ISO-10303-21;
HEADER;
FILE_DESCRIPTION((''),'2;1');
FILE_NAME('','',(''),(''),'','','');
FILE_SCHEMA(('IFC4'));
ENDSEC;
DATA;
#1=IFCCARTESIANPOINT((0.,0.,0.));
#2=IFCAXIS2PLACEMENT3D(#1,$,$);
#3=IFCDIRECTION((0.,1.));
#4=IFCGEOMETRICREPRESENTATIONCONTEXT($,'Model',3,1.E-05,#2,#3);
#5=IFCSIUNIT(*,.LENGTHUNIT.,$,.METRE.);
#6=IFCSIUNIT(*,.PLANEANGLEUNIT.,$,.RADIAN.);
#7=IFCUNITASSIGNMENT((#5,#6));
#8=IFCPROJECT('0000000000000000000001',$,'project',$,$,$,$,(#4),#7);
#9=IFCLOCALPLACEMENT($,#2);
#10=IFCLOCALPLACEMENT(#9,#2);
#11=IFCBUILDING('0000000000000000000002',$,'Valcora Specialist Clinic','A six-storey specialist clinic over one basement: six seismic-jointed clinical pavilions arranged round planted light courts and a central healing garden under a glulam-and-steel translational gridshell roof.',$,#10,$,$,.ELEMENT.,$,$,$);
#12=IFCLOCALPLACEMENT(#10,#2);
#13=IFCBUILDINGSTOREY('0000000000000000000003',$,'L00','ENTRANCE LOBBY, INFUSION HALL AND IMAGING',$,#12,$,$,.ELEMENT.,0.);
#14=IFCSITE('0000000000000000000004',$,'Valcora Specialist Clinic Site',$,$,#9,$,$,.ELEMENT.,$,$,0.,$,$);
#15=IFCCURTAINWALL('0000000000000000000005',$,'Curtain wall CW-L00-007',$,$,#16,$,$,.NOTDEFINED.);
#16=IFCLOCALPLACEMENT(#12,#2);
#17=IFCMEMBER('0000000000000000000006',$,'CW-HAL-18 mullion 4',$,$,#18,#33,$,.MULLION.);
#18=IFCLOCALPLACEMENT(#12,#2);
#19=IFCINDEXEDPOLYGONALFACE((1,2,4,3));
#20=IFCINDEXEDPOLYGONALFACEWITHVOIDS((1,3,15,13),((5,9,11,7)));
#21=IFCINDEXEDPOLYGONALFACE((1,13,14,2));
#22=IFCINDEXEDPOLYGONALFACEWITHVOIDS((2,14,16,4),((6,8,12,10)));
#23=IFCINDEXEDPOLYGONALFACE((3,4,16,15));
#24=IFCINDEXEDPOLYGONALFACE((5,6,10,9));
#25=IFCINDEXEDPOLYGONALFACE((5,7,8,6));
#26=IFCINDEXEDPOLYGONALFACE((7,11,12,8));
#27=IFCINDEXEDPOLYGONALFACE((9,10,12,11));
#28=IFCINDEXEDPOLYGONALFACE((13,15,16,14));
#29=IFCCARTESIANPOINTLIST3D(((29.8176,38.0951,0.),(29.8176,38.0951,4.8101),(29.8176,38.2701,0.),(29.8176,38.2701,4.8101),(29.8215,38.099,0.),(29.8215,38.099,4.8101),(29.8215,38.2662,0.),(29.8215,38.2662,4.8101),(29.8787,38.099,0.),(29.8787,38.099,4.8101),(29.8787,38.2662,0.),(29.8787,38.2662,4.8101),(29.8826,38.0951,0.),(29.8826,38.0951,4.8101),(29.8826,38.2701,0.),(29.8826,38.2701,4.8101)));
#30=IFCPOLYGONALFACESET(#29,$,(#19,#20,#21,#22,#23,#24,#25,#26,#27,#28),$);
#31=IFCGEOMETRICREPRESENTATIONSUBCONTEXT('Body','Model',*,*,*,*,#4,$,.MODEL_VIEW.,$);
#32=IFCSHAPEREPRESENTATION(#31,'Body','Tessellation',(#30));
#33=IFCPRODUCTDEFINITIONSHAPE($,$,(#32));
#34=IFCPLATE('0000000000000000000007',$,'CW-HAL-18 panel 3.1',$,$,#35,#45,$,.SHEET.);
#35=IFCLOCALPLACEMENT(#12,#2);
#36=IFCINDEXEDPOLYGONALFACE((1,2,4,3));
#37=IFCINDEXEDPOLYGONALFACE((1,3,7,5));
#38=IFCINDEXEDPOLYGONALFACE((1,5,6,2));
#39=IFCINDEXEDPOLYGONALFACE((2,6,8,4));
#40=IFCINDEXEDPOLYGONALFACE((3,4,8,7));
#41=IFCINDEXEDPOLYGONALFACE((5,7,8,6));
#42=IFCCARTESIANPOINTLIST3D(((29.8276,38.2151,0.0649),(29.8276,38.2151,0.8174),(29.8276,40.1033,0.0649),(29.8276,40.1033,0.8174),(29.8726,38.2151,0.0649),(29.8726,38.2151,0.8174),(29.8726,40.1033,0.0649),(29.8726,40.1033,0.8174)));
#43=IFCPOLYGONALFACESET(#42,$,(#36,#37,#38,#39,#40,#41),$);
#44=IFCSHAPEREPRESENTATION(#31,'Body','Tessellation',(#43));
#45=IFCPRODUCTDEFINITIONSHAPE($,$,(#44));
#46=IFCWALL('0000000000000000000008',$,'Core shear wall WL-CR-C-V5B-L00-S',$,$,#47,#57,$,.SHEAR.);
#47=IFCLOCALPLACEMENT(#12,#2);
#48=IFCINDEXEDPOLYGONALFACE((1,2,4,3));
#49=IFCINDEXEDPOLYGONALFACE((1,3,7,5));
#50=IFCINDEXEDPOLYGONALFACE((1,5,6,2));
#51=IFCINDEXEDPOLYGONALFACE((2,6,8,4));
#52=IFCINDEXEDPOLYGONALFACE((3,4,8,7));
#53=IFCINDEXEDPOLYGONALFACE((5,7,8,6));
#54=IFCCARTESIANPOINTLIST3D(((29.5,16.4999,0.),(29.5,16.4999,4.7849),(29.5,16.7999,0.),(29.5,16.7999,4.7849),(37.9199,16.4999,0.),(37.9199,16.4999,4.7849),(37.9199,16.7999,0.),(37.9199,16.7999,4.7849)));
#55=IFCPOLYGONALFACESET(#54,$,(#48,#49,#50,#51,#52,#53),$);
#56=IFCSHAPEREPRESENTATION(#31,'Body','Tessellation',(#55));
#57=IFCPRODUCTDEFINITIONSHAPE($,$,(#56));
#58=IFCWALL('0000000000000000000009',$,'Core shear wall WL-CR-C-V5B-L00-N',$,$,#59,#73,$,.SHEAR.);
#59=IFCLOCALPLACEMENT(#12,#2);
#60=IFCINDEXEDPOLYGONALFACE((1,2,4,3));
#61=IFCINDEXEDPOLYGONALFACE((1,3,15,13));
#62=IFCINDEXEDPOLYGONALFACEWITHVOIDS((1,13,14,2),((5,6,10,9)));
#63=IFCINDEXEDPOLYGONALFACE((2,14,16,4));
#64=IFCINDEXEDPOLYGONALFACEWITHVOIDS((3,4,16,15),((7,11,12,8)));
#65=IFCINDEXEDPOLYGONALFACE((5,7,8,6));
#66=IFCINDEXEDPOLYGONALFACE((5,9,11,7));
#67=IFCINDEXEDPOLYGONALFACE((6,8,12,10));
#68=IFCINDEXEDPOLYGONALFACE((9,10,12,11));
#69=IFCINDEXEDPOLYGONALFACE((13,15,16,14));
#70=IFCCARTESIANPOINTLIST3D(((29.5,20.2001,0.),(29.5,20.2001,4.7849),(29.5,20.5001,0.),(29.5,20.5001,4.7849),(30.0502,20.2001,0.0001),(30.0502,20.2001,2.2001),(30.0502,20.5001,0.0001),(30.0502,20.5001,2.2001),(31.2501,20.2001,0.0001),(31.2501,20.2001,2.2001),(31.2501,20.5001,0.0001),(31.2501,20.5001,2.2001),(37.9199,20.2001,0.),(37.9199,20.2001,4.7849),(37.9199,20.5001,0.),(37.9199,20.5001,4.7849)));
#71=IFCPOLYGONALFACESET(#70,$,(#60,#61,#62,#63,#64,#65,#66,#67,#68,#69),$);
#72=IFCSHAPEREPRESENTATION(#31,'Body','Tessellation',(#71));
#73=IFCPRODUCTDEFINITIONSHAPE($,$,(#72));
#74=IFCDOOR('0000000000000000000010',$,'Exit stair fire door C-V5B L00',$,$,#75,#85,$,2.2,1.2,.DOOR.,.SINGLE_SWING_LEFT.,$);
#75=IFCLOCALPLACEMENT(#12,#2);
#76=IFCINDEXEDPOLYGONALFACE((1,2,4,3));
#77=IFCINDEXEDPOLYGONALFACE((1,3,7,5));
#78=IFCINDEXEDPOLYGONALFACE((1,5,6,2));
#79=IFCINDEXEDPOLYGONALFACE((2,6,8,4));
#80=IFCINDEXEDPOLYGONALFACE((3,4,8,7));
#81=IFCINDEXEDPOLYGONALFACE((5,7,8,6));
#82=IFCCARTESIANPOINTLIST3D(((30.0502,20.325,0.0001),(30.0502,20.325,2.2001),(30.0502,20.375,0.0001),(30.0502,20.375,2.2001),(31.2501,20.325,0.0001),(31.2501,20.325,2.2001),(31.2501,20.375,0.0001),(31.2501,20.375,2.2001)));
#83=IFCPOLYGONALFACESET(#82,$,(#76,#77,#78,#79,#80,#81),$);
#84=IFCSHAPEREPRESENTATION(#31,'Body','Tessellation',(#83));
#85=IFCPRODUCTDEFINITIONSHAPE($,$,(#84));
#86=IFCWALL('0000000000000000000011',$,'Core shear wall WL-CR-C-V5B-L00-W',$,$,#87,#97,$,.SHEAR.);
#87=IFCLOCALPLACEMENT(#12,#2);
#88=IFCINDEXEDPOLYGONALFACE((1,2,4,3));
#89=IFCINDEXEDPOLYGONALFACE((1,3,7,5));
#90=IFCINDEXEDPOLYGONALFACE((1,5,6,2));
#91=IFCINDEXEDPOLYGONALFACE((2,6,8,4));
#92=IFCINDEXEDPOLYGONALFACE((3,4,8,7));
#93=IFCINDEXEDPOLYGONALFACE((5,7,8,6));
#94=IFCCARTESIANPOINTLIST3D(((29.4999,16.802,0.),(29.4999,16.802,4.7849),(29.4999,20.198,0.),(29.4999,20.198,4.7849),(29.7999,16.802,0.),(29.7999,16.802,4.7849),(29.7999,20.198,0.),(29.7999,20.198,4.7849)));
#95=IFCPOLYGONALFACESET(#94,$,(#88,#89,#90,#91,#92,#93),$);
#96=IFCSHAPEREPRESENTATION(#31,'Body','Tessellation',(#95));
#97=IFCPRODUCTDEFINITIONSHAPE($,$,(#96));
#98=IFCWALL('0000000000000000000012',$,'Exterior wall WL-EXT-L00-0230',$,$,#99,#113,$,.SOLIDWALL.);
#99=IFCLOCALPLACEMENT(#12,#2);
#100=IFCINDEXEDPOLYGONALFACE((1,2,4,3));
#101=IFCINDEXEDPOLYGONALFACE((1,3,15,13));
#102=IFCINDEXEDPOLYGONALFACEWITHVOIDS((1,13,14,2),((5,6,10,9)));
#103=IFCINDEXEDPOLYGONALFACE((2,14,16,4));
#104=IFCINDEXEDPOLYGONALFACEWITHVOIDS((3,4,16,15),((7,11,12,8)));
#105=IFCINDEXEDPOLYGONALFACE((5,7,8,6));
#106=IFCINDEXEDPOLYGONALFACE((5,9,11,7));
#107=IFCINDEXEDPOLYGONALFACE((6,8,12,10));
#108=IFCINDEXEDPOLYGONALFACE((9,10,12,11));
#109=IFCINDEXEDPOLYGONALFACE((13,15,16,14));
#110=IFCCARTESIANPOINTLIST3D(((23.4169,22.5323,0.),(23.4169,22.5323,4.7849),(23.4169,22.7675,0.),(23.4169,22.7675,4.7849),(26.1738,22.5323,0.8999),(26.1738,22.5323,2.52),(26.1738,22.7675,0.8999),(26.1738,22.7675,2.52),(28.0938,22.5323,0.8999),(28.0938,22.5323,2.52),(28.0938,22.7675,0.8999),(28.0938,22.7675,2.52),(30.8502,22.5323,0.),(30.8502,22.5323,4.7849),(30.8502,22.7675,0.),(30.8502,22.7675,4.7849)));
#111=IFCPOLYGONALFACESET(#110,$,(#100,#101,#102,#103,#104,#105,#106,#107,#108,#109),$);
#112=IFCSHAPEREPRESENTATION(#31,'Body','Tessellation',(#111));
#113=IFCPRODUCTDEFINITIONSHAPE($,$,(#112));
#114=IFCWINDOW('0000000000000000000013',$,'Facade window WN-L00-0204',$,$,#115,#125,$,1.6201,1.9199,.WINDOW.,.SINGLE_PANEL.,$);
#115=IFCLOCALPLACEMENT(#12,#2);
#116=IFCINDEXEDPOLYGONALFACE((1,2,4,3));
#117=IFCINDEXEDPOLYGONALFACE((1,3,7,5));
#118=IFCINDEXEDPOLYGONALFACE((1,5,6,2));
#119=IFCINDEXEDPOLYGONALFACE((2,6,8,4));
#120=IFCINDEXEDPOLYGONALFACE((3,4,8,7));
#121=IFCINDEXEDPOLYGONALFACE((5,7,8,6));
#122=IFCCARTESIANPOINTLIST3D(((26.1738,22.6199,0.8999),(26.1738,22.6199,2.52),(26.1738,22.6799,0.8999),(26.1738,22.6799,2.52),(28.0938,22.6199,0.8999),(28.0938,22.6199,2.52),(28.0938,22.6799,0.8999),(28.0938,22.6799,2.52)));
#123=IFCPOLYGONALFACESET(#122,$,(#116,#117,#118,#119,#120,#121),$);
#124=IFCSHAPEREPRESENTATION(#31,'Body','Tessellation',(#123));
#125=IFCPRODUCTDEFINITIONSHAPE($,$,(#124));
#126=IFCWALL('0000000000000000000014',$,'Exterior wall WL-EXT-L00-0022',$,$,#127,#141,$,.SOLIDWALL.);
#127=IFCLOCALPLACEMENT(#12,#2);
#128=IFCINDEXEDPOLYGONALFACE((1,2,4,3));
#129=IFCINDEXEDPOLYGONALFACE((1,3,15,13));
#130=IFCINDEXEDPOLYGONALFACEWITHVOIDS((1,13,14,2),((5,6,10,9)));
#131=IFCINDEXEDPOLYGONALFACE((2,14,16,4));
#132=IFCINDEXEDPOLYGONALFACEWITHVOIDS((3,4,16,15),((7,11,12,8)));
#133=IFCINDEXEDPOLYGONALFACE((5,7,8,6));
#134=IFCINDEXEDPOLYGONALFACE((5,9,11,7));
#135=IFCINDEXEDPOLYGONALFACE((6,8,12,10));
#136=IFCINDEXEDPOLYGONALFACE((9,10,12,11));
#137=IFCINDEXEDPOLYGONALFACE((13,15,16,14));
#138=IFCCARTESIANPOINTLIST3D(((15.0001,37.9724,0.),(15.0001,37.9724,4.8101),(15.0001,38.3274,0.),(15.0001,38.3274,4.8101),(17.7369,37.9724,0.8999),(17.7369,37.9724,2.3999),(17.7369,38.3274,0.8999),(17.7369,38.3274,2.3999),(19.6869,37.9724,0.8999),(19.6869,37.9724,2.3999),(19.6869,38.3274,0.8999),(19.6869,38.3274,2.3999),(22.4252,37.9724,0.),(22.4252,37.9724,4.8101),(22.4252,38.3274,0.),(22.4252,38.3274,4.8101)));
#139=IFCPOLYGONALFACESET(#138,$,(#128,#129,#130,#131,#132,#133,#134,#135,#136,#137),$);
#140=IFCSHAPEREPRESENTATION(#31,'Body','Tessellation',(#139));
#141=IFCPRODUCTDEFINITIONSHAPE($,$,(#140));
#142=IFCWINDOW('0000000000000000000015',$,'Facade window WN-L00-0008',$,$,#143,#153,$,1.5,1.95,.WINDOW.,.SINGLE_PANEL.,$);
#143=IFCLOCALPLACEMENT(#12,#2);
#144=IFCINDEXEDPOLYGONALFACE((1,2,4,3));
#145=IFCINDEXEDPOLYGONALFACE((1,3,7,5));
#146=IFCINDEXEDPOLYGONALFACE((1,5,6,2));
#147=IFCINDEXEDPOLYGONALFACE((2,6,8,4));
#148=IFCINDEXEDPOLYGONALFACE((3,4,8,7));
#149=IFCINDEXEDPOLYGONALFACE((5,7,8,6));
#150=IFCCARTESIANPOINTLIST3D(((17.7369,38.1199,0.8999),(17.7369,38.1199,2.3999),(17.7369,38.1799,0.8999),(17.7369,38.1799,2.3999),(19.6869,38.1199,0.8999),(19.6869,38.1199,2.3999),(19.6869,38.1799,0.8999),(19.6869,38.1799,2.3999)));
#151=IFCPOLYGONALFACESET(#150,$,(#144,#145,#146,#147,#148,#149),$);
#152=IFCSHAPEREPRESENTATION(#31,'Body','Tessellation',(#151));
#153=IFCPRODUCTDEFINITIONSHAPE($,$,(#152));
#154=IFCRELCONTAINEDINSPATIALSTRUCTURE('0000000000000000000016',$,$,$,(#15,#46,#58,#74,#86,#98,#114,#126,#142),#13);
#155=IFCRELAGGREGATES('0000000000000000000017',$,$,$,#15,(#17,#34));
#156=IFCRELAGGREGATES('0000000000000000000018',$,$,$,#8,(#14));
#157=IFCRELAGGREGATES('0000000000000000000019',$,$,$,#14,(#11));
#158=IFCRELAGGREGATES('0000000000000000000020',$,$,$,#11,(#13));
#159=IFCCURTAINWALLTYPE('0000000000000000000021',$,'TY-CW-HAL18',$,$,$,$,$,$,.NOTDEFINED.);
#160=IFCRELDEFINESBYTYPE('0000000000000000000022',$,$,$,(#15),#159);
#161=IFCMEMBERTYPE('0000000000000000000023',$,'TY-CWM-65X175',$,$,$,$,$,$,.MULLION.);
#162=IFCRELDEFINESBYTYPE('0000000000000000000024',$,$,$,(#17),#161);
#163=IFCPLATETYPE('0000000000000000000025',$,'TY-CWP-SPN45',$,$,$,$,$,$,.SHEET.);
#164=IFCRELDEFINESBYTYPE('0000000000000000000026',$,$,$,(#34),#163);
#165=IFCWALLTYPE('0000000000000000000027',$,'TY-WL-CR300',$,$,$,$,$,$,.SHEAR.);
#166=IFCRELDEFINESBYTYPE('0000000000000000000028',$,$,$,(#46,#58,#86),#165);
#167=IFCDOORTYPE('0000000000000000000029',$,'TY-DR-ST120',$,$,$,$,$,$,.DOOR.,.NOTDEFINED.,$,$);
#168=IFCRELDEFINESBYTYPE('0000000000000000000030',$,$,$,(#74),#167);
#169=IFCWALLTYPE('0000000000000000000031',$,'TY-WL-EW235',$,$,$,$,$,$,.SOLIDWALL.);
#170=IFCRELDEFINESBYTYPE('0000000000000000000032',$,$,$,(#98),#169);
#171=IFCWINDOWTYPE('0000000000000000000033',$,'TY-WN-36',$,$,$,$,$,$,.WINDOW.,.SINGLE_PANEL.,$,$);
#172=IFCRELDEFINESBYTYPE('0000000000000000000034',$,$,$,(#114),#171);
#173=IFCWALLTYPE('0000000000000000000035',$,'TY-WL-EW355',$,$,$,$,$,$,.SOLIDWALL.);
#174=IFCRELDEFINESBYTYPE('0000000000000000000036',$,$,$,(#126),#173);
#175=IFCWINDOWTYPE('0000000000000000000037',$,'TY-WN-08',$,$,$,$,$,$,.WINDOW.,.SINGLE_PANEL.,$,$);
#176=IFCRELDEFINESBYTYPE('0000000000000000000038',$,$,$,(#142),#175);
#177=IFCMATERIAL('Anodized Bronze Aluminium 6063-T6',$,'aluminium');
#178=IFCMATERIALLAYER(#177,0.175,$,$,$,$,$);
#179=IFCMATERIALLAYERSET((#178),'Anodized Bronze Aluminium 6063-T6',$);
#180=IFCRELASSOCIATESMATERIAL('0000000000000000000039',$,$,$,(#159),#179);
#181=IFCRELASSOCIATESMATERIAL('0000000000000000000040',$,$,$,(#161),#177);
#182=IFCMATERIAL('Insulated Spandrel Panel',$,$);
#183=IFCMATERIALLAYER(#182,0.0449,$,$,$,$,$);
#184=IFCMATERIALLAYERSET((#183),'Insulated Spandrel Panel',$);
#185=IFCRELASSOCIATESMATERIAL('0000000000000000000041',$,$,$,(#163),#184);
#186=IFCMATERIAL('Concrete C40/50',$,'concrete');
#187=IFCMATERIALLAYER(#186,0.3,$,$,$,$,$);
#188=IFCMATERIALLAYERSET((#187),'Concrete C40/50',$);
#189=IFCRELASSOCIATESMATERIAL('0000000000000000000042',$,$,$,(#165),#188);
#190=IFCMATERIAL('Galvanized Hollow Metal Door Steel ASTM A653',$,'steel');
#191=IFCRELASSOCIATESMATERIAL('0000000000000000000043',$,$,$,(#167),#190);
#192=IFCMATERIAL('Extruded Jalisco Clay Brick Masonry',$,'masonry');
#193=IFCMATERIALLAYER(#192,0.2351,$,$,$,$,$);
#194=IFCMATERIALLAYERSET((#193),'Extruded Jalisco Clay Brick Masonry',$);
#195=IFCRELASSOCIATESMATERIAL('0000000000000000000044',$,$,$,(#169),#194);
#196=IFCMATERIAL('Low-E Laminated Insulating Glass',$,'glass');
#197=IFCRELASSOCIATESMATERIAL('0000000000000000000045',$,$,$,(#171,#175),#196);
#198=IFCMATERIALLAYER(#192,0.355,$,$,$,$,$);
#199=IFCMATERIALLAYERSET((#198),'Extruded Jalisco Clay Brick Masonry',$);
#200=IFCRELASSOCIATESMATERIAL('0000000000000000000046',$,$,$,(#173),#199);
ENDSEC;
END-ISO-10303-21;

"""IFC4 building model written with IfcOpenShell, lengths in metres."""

from ifc_helpers import new_model, si_unit, direction, frame, frame_2d, origin, origin_2d, place, context, subcontext, project, spatial, rectangle, hollow_rectangle, extrude, material, layer, layer_set, material_profile, profile_set, type_object, element, fill, aggregate, save


model = new_model("IFC4")

# Units and contexts
model_context = context("Model", 3, precision=1e-05, world=origin(), true_north=direction((0.0, 1.0)))
body_context = subcontext(model_context, "Body", "Model", "MODEL_VIEW")
ifc_project = project(units=[si_unit("LENGTHUNIT", "METRE"), si_unit("PLANEANGLEUNIT", "RADIAN")], contexts=[model_context])

# Site, building, storey
site_placement = place(None, origin())
site = spatial("IfcSite", under=ifc_project, at=site_placement, Name="Valcora Specialist Clinic Site", CompositionType="ELEMENT", RefElevation=0.0)
building_placement = place(site_placement, origin())
building = spatial("IfcBuilding", under=site, at=building_placement, Name="Valcora Specialist Clinic", Description="A six-storey specialist clinic over one basement: six seismic-jointed clinical pavilions arranged round planted light courts and a central healing garden under a glulam-and-steel translational gridshell roof.", CompositionType="ELEMENT")
storey_placement = place(building_placement, origin())
storey = spatial("IfcBuildingStorey", under=building, at=storey_placement, Name="L00", Description="ENTRANCE LOBBY, INFUSION HALL AND IMAGING", CompositionType="ELEMENT", Elevation=0.0)

# Shared definitions
ifc_material_1 = material(Name="Concrete C40/50", Category="concrete")

# Curtain wall, member, plate
ifc_material_2 = material(Name="Anodized Bronze Aluminium 6063-T6", Category="aluminium")
ifc_layer_1 = layer(ifc_material_2, 0.175)
ifc_layer_set_1 = layer_set([ifc_layer_1], Name="Anodized Bronze Aluminium 6063-T6")
curtain_wall_type = type_object("IfcCurtainWallType", Name="TY-CW-HAL18", PredefinedType="NOTDEFINED", material=ifc_layer_set_1)
curtain_wall_placement = place(storey_placement, origin())
curtain_wall = element("IfcCurtainWall", 1, at=curtain_wall_placement, inside=storey, type_object=curtain_wall_type, Name="Curtain wall CW-L00-007", PredefinedType="NOTDEFINED")
ifc_material_profile_1 = material_profile(ifc_material_2, hollow_rectangle(XDim=0.0649, YDim=0.175, WallThickness=0.0039, at=origin_2d()), Name="AL-MUL-65X175")
ifc_profile_set_1 = profile_set([ifc_material_profile_1], Name="Anodized Bronze Aluminium 6063-T6")
member_type = type_object("IfcMemberType", Name="TY-CWM-65X175", PredefinedType="MULLION", material=ifc_profile_set_1)
member_placement = place(storey_placement, frame((29.8501, 38.1826, 0.0), z_axis=(0.0, 0.0, 1.0), x_axis=(1.0, 0.0, 0.0)))
member = element("IfcMember", 2, at=member_placement, type_object=member_type, Name="CW-HAL-18 mullion 4", PredefinedType="MULLION", context=body_context, shape_type="SweptSolid", body=[
    extrude(hollow_rectangle(XDim=0.0649, YDim=0.175, WallThickness=0.0039, at=origin_2d()), origin(), (0.0, 0.0, 1.0), 4.8101),
])
ifc_material_3 = material(Name="Insulated Spandrel Panel")
ifc_layer_2 = layer(ifc_material_3, 0.0449)
ifc_layer_set_2 = layer_set([ifc_layer_2], Name="Insulated Spandrel Panel")
plate_type = type_object("IfcPlateType", Name="TY-CWP-SPN45", PredefinedType="SHEET", material=ifc_layer_set_2)
plate_placement = place(storey_placement, frame((29.8501, 39.1592, 0.0649), z_axis=(0.0, 0.0, 1.0), x_axis=(0.0, -1.0, 0.0)))
plate = element("IfcPlate", 3, at=plate_placement, type_object=plate_type, Name="CW-HAL-18 panel 3.1", PredefinedType="SHEET", context=body_context, shape_type="SweptSolid", body=[
    extrude(rectangle(XDim=1.8882, YDim=0.0449, at=origin_2d()), origin(), (0.0, 0.0, 1.0), 0.7524),
])
aggregate(curtain_wall, [member, plate])

# Wall
ifc_layer_3 = layer(ifc_material_1, 0.3)
ifc_layer_set_3 = layer_set([ifc_layer_3], Name="Concrete C40/50")
wall_type_1 = type_object("IfcWallType", Name="TY-WL-CR300", PredefinedType="SHEAR", material=ifc_layer_set_3)
wall_1_placement = place(storey_placement, frame((29.5, 16.6499, 0.0), z_axis=(0.0, 0.0, 1.0), x_axis=(1.0, 0.0, 0.0)))
element("IfcWall", 4, at=wall_1_placement, inside=storey, type_object=wall_type_1, Name="Core shear wall WL-CR-C-V5B-L00-S", PredefinedType="SHEAR", context=body_context, shape_type="SweptSolid", body=[
    extrude(rectangle(XDim=8.4199, YDim=0.3, at=frame_2d((4.21, 0.0))), origin(), (0.0, 0.0, 1.0), 4.7849),
])

# Wall, opening, door
wall_2_placement = place(storey_placement, frame((29.5, 20.3501, 0.0), z_axis=(0.0, 0.0, 1.0), x_axis=(1.0, 0.0, 0.0)))
wall_2 = element("IfcWall", 5, at=wall_2_placement, inside=storey, type_object=wall_type_1, Name="Core shear wall WL-CR-C-V5B-L00-N", PredefinedType="SHEAR", context=body_context, shape_type="SweptSolid", body=[
    extrude(rectangle(XDim=8.4199, YDim=0.3, at=frame_2d((4.21, 0.0))), origin(), (0.0, 0.0, 1.0), 4.7849),
])
opening_1_placement = place(wall_2_placement, frame((0.55, 0.0, 0.0)))
opening_1 = element("IfcOpeningElement", 6, at=opening_1_placement, cuts=wall_2, PredefinedType="OPENING", context=body_context, shape_type="SweptSolid", body=[
    extrude(rectangle(XDim=1.2, YDim=2.2, at=frame_2d((0.6001, 1.1001))), frame((0.0, 0.1599, 0.0), z_axis=(0.0, -1.0, 0.0), x_axis=(1.0, 0.0, 0.0)), (0.0, 0.0, 1.0), 0.3201),
])
ifc_material_4 = material(Name="Galvanized Hollow Metal Door Steel ASTM A653", Category="steel")
door_type = type_object("IfcDoorType", Name="TY-DR-ST120", OperationType="NOTDEFINED", PredefinedType="DOOR", material=ifc_material_4)
door_placement = place(opening_1_placement, origin())
door = element("IfcDoor", 7, at=door_placement, inside=storey, type_object=door_type, Name="Exit stair fire door C-V5B L00", OperationType="SINGLE_SWING_LEFT", OverallHeight=2.2, OverallWidth=1.2, PredefinedType="DOOR", context=body_context, shape_type="SweptSolid", body=[
    extrude(rectangle(XDim=1.2, YDim=2.2, at=frame_2d((0.6001, 1.1001))), frame((0.0, 0.0249, 0.0), z_axis=(0.0, -1.0, 0.0), x_axis=(1.0, 0.0, 0.0)), (0.0, 0.0, 1.0), 0.05),
])
fill(opening_1, door)

# Wall
wall_3_placement = place(storey_placement, frame((29.6499, 16.802, 0.0), z_axis=(0.0, 0.0, 1.0), x_axis=(0.0, 1.0, 0.0)))
element("IfcWall", 8, at=wall_3_placement, inside=storey, type_object=wall_type_1, Name="Core shear wall WL-CR-C-V5B-L00-W", PredefinedType="SHEAR", context=body_context, shape_type="SweptSolid", body=[
    extrude(rectangle(XDim=3.396, YDim=0.3, at=frame_2d((1.698, 0.0))), origin(), (0.0, 0.0, 1.0), 4.7849),
])

# Walls, openings, windows
ifc_material_5 = material(Name="Extruded Jalisco Clay Brick Masonry", Category="masonry")
ifc_layer_4 = layer(ifc_material_5, 0.2351)
ifc_layer_set_4 = layer_set([ifc_layer_4], Name="Extruded Jalisco Clay Brick Masonry")
wall_type_2 = type_object("IfcWallType", Name="TY-WL-EW235", PredefinedType="SOLIDWALL", material=ifc_layer_set_4)
wall_4_placement = place(storey_placement, frame((23.4167, 22.6499, 0.0), z_axis=(0.0, 0.0, 1.0), x_axis=(1.0, 0.0, 0.0)))
wall_4 = element("IfcWall", 9, at=wall_4_placement, inside=storey, type_object=wall_type_2, Name="Exterior wall WL-EXT-L00-0230", PredefinedType="SOLIDWALL", context=body_context, shape_type="SweptSolid", body=[
    extrude(rectangle(XDim=7.4333, YDim=0.2351, at=frame_2d((3.7168, 0.0))), origin(), (0.0, 0.0, 1.0), 4.7849),
])
opening_2_placement = place(wall_4_placement, frame((2.7571, 0.0, 0.8999)))
opening_2 = element("IfcOpeningElement", 10, at=opening_2_placement, cuts=wall_4, PredefinedType="OPENING", context=body_context, shape_type="SweptSolid", body=[
    extrude(rectangle(XDim=1.9199, YDim=1.6201, at=frame_2d((0.96, 0.8101))), frame((0.0, 0.1274, 0.0), z_axis=(0.0, -1.0, 0.0), x_axis=(1.0, 0.0, 0.0)), (0.0, 0.0, 1.0), 0.2551),
])
ifc_material_6 = material(Name="Low-E Laminated Insulating Glass", Category="glass")
window_type_1 = type_object("IfcWindowType", Name="TY-WN-36", PartitioningType="SINGLE_PANEL", PredefinedType="WINDOW", material=ifc_material_6)
window_1_placement = place(opening_2_placement, origin())
window_1 = element("IfcWindow", 11, at=window_1_placement, inside=storey, type_object=window_type_1, Name="Facade window WN-L00-0204", OverallHeight=1.6201, OverallWidth=1.9199, PartitioningType="SINGLE_PANEL", PredefinedType="WINDOW", context=body_context, shape_type="SweptSolid", body=[
    extrude(rectangle(XDim=1.9199, YDim=1.6201, at=frame_2d((0.96, 0.8101))), frame((0.0, 0.03, 0.0), z_axis=(0.0, -1.0, 0.0), x_axis=(1.0, 0.0, 0.0)), (0.0, 0.0, 1.0), 0.0601),
])
fill(opening_2, window_1)
ifc_layer_5 = layer(ifc_material_5, 0.355)
ifc_layer_set_5 = layer_set([ifc_layer_5], Name="Extruded Jalisco Clay Brick Masonry")
wall_type_3 = type_object("IfcWallType", Name="TY-WL-EW355", PredefinedType="SOLIDWALL", material=ifc_layer_set_5)
wall_5_placement = place(storey_placement, frame((22.425, 38.1499, 0.0), z_axis=(0.0, 0.0, 1.0), x_axis=(-1.0, 0.0, 0.0)))
wall_5 = element("IfcWall", 12, at=wall_5_placement, inside=storey, type_object=wall_type_3, Name="Exterior wall WL-EXT-L00-0022", PredefinedType="SOLIDWALL", context=body_context, shape_type="SweptSolid", body=[
    extrude(rectangle(XDim=7.425, YDim=0.355, at=frame_2d((3.7124, 0.0))), origin(), (0.0, 0.0, 1.0), 4.8101),
])
opening_3_placement = place(wall_5_placement, frame((2.738, 0.0, 0.8999)))
opening_3 = element("IfcOpeningElement", 13, at=opening_3_placement, cuts=wall_5, PredefinedType="OPENING", context=body_context, shape_type="SweptSolid", body=[
    extrude(rectangle(XDim=1.95, YDim=1.5, at=frame_2d((0.9751, 0.75))), frame((0.0, 0.1875, 0.0), z_axis=(0.0, -1.0, 0.0), x_axis=(1.0, 0.0, 0.0)), (0.0, 0.0, 1.0), 0.375),
])
window_type_2 = type_object("IfcWindowType", Name="TY-WN-08", PartitioningType="SINGLE_PANEL", PredefinedType="WINDOW", material=ifc_material_6)
window_2_placement = place(opening_3_placement, origin())
window_2 = element("IfcWindow", 14, at=window_2_placement, inside=storey, type_object=window_type_2, Name="Facade window WN-L00-0008", OverallHeight=1.5, OverallWidth=1.95, PartitioningType="SINGLE_PANEL", PredefinedType="WINDOW", context=body_context, shape_type="SweptSolid", body=[
    extrude(rectangle(XDim=1.95, YDim=1.5, at=frame_2d((0.9751, 0.75))), frame((0.0, 0.03, 0.0), z_axis=(0.0, -1.0, 0.0), x_axis=(1.0, 0.0, 0.0)), (0.0, 0.0, 1.0), 0.0601),
])
fill(opening_3, window_2)

save(model, "model.ifc")
